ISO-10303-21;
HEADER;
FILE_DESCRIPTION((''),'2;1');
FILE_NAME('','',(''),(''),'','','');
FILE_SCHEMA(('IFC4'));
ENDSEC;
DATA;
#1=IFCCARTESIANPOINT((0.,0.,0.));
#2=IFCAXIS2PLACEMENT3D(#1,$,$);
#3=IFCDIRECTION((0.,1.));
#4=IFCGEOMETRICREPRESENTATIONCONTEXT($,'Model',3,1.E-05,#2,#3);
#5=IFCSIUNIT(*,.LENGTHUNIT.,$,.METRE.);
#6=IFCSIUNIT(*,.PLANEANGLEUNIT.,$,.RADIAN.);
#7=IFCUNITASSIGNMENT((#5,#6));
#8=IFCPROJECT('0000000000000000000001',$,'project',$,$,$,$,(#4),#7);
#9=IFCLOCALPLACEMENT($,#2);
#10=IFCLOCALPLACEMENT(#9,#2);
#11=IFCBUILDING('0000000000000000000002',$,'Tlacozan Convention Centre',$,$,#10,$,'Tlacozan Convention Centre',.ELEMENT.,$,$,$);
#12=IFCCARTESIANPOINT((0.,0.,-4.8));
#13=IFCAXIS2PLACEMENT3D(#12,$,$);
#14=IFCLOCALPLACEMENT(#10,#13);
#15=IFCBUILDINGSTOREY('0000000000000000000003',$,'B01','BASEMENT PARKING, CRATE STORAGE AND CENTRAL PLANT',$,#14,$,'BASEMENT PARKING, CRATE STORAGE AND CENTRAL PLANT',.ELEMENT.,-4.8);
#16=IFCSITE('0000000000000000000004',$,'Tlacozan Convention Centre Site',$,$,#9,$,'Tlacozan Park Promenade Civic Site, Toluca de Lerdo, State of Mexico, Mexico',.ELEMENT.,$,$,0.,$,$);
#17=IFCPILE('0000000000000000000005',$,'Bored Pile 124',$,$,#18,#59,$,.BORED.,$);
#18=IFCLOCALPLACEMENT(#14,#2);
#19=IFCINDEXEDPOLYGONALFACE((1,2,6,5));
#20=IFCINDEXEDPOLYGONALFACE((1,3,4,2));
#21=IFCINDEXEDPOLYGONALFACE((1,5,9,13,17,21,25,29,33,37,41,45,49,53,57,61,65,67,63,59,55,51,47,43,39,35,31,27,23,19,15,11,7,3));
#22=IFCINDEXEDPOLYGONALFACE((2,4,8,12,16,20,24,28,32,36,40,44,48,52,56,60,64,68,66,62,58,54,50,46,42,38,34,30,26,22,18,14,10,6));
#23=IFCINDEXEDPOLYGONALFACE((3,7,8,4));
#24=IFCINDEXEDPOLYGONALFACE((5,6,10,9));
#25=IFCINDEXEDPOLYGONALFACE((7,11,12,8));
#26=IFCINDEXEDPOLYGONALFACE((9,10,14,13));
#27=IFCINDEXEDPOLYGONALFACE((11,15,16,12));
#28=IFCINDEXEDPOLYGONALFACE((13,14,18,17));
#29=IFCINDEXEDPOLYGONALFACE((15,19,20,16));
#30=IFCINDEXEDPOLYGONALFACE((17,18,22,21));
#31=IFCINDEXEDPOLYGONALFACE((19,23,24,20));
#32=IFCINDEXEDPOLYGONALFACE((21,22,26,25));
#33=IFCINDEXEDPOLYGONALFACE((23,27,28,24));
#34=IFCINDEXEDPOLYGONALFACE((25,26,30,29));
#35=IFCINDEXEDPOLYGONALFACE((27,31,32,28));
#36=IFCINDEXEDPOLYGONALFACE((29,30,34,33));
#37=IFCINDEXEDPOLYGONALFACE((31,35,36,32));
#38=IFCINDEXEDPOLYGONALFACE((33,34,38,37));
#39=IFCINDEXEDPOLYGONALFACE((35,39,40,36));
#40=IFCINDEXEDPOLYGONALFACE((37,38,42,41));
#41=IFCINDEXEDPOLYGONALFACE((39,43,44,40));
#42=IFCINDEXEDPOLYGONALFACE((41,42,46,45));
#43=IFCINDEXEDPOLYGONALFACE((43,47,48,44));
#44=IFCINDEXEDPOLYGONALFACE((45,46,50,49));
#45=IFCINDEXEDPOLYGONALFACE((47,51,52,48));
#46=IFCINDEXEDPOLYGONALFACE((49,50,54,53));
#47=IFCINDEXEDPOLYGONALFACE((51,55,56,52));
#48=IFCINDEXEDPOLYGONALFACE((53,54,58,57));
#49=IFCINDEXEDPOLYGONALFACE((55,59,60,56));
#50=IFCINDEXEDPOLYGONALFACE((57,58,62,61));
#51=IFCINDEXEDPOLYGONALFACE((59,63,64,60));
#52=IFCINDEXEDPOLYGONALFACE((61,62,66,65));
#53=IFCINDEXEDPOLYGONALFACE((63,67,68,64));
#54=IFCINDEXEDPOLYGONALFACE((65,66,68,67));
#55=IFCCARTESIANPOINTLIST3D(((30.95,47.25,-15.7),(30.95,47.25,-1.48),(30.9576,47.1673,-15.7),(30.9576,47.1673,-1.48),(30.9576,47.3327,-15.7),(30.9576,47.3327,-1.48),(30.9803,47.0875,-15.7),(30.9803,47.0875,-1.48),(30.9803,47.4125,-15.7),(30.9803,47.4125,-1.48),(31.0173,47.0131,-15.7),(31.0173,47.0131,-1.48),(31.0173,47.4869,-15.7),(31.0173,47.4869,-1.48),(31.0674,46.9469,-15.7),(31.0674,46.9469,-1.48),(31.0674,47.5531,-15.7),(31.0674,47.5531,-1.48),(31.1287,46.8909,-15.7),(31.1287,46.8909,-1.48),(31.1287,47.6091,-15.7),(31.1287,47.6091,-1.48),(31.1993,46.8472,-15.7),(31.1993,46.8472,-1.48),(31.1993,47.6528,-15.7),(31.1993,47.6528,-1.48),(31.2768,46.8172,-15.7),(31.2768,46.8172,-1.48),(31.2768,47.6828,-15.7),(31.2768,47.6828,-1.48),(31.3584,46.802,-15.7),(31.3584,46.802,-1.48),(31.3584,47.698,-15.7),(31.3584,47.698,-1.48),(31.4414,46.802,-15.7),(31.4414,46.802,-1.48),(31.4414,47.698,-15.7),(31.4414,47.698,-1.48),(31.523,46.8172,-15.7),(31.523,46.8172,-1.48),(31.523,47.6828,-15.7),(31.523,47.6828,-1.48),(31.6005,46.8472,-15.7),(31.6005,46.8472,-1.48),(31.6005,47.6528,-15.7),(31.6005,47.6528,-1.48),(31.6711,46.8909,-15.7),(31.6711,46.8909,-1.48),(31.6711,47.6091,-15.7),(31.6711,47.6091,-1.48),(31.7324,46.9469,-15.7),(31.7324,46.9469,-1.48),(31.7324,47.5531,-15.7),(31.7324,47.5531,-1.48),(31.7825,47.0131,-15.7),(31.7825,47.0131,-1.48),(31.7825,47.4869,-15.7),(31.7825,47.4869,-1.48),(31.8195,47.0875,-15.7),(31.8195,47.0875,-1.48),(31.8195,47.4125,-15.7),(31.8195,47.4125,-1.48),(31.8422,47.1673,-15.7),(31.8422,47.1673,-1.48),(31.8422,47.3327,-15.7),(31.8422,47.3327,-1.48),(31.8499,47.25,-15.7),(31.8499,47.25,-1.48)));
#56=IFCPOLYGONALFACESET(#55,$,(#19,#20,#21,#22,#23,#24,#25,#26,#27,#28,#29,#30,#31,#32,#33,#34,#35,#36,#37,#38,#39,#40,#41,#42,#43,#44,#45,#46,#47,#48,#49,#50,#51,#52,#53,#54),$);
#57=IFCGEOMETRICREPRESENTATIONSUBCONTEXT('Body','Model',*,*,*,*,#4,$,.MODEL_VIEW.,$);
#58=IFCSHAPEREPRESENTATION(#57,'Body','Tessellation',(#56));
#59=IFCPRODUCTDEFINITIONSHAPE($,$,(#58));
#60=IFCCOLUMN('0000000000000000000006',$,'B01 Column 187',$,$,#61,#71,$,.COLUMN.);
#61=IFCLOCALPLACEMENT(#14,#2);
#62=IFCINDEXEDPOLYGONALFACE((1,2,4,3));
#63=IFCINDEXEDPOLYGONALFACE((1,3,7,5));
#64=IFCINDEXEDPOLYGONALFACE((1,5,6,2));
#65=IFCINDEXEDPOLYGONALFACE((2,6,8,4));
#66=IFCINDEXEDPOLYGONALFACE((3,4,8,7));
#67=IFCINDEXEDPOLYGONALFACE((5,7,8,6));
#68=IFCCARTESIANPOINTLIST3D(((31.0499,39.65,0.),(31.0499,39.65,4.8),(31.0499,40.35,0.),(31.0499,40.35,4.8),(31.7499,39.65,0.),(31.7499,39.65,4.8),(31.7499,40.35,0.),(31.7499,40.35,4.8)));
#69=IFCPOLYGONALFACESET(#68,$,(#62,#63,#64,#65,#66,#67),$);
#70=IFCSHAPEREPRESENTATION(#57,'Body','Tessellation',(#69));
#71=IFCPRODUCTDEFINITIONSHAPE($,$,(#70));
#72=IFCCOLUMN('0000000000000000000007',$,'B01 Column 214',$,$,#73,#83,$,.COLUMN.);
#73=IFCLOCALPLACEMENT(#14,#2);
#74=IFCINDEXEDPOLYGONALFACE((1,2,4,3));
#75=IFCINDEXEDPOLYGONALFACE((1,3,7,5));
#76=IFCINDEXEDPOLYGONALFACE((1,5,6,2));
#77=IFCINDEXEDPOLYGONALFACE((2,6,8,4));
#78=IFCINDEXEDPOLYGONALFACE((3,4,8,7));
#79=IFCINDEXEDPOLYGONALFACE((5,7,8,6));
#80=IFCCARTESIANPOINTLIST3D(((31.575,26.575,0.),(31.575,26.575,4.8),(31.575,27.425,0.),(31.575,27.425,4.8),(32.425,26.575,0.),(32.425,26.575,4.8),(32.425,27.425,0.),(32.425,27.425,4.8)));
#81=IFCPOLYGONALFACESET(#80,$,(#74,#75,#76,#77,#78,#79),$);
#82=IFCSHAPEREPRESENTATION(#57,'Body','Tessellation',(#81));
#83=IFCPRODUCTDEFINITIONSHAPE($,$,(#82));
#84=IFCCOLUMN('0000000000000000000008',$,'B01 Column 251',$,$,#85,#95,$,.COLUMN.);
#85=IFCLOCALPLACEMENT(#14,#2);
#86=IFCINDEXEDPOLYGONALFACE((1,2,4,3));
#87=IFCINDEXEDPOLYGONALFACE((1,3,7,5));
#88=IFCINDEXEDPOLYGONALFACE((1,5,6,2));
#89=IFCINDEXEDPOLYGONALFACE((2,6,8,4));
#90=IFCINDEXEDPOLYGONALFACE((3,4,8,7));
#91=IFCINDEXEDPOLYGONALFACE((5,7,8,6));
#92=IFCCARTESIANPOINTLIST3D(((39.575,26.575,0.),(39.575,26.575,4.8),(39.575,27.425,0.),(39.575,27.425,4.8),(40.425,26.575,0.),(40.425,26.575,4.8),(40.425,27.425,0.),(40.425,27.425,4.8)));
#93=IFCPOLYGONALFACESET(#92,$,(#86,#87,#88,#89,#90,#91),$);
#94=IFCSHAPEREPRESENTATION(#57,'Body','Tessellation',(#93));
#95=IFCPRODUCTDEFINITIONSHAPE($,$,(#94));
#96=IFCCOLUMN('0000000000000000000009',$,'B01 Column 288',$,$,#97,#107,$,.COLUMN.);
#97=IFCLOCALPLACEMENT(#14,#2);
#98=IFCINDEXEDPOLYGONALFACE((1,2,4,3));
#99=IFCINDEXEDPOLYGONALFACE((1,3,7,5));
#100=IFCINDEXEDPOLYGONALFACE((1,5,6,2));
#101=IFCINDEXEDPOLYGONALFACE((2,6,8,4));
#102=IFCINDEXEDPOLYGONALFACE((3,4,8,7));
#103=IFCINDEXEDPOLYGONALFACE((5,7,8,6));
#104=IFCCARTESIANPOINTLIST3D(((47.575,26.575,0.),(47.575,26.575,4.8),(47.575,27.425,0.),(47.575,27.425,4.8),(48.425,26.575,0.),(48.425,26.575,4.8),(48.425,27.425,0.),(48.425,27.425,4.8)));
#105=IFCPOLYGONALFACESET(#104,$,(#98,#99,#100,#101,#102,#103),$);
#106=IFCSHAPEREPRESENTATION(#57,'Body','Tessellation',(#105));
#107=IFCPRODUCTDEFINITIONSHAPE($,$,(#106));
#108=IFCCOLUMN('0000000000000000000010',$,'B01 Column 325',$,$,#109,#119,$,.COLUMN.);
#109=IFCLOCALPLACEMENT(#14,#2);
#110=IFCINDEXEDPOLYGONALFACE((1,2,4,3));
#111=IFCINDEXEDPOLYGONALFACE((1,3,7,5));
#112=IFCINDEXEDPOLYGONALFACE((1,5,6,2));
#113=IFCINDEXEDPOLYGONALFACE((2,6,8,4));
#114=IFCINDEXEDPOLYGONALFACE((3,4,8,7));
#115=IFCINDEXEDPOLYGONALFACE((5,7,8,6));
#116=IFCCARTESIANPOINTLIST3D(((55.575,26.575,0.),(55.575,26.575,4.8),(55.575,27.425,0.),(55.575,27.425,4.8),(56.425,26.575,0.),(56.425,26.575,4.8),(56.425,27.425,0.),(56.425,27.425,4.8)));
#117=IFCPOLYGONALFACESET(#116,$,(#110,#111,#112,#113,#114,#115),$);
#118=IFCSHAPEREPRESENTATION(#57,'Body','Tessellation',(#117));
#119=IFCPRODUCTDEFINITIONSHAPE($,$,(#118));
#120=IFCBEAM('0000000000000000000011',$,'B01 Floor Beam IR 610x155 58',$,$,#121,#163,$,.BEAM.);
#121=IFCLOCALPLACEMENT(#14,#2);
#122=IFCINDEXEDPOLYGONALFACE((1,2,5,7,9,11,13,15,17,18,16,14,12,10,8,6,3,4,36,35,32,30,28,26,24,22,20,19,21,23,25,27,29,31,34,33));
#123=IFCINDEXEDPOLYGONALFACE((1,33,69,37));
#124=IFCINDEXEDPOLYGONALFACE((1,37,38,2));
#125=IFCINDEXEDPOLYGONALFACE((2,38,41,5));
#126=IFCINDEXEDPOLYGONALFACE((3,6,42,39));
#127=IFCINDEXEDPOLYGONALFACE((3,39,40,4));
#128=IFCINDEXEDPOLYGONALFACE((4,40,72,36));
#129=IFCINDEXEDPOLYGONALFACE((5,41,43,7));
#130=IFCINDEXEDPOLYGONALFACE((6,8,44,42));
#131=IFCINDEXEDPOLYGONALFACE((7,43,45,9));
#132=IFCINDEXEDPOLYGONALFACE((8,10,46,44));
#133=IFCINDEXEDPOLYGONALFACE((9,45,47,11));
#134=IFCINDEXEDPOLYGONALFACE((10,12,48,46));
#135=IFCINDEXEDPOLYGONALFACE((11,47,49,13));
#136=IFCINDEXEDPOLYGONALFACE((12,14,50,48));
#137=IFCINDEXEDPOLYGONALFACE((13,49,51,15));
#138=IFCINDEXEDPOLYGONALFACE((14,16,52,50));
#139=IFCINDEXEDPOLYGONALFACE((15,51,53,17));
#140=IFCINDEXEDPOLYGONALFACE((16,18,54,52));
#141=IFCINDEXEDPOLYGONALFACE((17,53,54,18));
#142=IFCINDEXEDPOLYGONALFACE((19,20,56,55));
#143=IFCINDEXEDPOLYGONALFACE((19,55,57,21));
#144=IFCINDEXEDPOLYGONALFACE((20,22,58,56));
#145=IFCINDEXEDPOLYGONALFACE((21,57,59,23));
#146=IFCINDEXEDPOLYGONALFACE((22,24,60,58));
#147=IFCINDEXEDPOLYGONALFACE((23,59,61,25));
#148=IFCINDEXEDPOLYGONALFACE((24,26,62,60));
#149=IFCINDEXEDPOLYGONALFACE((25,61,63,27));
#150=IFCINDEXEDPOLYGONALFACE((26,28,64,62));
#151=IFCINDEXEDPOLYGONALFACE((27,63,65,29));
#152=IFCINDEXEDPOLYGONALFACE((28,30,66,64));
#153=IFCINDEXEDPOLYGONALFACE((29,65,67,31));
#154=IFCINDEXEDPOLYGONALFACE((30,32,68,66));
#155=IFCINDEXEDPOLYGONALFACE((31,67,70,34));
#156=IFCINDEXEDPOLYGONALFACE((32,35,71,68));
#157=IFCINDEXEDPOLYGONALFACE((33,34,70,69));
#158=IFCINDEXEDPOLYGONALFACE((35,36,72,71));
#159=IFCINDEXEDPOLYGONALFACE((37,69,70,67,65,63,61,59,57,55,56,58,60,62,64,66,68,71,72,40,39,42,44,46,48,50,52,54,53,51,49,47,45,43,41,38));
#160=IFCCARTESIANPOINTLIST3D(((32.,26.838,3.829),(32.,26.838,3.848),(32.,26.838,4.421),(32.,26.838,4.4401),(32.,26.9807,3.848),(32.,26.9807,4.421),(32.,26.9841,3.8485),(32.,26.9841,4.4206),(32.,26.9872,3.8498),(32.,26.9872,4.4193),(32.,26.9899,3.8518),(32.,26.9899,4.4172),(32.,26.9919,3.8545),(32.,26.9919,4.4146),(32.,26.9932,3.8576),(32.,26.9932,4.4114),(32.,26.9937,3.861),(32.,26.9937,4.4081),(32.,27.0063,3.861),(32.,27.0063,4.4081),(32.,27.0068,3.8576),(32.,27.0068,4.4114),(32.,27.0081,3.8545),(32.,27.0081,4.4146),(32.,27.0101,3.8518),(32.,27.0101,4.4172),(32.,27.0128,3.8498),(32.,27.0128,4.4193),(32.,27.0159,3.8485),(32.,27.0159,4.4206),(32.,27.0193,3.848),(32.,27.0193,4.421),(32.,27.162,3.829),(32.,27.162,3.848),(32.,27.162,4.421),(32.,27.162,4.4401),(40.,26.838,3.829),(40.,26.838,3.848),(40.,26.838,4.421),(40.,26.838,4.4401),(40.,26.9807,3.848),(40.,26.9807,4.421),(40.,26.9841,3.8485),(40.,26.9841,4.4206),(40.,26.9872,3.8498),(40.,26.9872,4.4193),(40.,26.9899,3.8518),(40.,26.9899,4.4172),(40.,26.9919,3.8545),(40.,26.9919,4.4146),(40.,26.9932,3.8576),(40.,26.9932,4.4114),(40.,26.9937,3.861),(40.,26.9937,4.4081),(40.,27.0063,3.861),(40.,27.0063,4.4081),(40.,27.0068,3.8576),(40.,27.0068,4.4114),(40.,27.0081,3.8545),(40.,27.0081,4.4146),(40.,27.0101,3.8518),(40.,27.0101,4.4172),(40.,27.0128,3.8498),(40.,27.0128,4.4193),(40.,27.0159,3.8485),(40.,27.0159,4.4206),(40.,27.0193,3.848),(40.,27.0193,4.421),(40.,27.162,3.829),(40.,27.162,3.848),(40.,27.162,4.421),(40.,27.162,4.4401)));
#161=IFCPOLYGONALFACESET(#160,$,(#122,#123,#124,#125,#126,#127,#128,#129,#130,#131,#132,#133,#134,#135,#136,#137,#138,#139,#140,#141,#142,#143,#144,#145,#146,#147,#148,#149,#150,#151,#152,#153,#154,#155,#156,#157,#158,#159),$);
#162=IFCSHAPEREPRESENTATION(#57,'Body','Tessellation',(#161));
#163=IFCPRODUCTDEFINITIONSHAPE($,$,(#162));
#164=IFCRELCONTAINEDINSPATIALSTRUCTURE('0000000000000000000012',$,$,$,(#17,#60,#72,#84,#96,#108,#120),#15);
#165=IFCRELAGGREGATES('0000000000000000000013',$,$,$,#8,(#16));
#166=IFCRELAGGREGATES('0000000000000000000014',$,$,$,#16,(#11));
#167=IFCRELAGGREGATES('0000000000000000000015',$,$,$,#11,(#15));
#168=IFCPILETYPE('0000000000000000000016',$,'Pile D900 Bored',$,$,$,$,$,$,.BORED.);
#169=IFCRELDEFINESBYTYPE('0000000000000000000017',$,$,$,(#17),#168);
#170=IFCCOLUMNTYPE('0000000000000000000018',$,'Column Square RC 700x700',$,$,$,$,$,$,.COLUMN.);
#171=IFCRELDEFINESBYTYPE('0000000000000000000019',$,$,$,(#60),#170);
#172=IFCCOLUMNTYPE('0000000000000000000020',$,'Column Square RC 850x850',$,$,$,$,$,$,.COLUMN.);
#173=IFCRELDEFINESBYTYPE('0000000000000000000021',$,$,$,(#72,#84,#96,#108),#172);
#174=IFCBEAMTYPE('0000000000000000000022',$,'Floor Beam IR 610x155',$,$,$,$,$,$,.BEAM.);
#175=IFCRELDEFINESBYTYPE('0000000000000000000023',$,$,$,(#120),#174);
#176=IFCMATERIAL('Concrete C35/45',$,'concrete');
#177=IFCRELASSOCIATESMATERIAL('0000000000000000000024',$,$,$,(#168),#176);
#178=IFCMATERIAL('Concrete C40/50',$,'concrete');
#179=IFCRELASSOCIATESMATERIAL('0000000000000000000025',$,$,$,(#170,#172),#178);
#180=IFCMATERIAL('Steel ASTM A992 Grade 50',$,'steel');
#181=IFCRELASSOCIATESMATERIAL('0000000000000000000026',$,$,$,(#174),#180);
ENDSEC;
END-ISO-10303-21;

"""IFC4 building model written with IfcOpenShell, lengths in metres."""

from ifc_helpers import new_model, si_unit, direction, frame, origin, origin_2d, place, context, subcontext, project, spatial, rectangle, circle, i_section, extrude, material, material_profile, profile_set, type_object, element, save


model = new_model("IFC4")

# Units and contexts
model_context = context("Model", 3, precision=1e-05, world=origin(), true_north=direction((0.0, 1.0)))
body_context = subcontext(model_context, "Body", "Model", "MODEL_VIEW")
ifc_project = project(units=[si_unit("LENGTHUNIT", "METRE"), si_unit("PLANEANGLEUNIT", "RADIAN")], contexts=[model_context])

# Site, building, storey
site_placement = place(None, origin())
site = spatial("IfcSite", under=ifc_project, at=site_placement, Name="Tlacozan Convention Centre Site", LongName="Tlacozan Park Promenade Civic Site, Toluca de Lerdo, State of Mexico, Mexico", CompositionType="ELEMENT", RefElevation=0.0)
building_placement = place(site_placement, origin())
building = spatial("IfcBuilding", under=site, at=building_placement, Name="Tlacozan Convention Centre", LongName="Tlacozan Convention Centre", CompositionType="ELEMENT")
storey_placement = place(building_placement, frame((0.0, 0.0, -4.8)))
storey = spatial("IfcBuildingStorey", under=building, at=storey_placement, Name="B01", Description="BASEMENT PARKING, CRATE STORAGE AND CENTRAL PLANT", LongName="BASEMENT PARKING, CRATE STORAGE AND CENTRAL PLANT", CompositionType="ELEMENT", Elevation=-4.8)

# Shared definitions
ifc_material_1 = material(Name="Concrete C35/45", Category="concrete")

# Pile
ifc_material_profile_1 = material_profile(ifc_material_1, circle(Radius=0.45, at=origin_2d()), Name="PILE D900")
ifc_profile_set_1 = profile_set([ifc_material_profile_1], Name="Concrete C35/45")
pile_type_1 = type_object("IfcPileType", Name="Pile D900 Bored", PredefinedType="BORED", material=ifc_profile_set_1)
for number, where, z_axis, x_axis, name in (
    (1, (31.3999, 47.25, -1.48), (0.0, 0.0, -1.0), (1.0, 0.0, 0.0), "Bored Pile 124"),
):
    element("IfcPile", number, at=place(storey_placement, frame(where, z_axis=z_axis, x_axis=x_axis)), inside=storey, type_object=pile_type_1, Name=name, PredefinedType="BORED", context=body_context, shape_type="SweptSolid", body=[
        extrude(circle(Radius=0.45, at=origin_2d()), origin(), (0.0, 0.0, 1.0), 14.22),
    ])

# Columns
ifc_material_2 = material(Name="Concrete C40/50", Category="concrete")
ifc_material_profile_2 = material_profile(ifc_material_2, rectangle(XDim=0.7, YDim=0.7, at=origin_2d()), Name="RC 700x700")
ifc_profile_set_2 = profile_set([ifc_material_profile_2], Name="Concrete C40/50")
column_type_1 = type_object("IfcColumnType", Name="Column Square RC 700x700", PredefinedType="COLUMN", material=ifc_profile_set_2)
column_placement = place(storey_placement, frame((31.3999, 40.0, 0.0), z_axis=(0.0, 0.0, 1.0), x_axis=(1.0, 0.0, 0.0)))
element("IfcColumn", 2, at=column_placement, inside=storey, type_object=column_type_1, Name="B01 Column 187", PredefinedType="COLUMN", context=body_context, shape_type="SweptSolid", body=[
    extrude(rectangle(XDim=0.7, YDim=0.7, at=origin_2d()), origin(), (0.0, 0.0, 1.0), 4.8),
])
ifc_material_profile_3 = material_profile(ifc_material_2, rectangle(XDim=0.8501, YDim=0.8501, at=origin_2d()), Name="RC 850x850")
ifc_profile_set_3 = profile_set([ifc_material_profile_3], Name="Concrete C40/50")
column_type_2 = type_object("IfcColumnType", Name="Column Square RC 850x850", PredefinedType="COLUMN", material=ifc_profile_set_3)
for number, where, z_axis, x_axis, name in (
    (3, (32.0, 27.0, 0.0), (0.0, 0.0, 1.0), (1.0, 0.0, 0.0), "B01 Column 214"),
    (4, (40.0, 27.0, 0.0), (0.0, 0.0, 1.0), (1.0, 0.0, 0.0), "B01 Column 251"),
    (5, (48.0, 27.0, 0.0), (0.0, 0.0, 1.0), (1.0, 0.0, 0.0), "B01 Column 288"),
    (6, (56.0, 27.0, 0.0), (0.0, 0.0, 1.0), (1.0, 0.0, 0.0), "B01 Column 325"),
):
    element("IfcColumn", number, at=place(storey_placement, frame(where, z_axis=z_axis, x_axis=x_axis)), inside=storey, type_object=column_type_2, Name=name, PredefinedType="COLUMN", context=body_context, shape_type="SweptSolid", body=[
        extrude(rectangle(XDim=0.8501, YDim=0.8501, at=origin_2d()), origin(), (0.0, 0.0, 1.0), 4.8),
    ])

# Beam
ifc_material_3 = material(Name="Steel ASTM A992 Grade 50", Category="steel")
ifc_material_profile_4 = material_profile(ifc_material_3, i_section(OverallWidth=0.324, OverallDepth=0.6111, WebThickness=0.0127, FlangeThickness=0.019, FilletRadius=0.0129, at=origin_2d()), Name="IR 610x155.0")
ifc_profile_set_4 = profile_set([ifc_material_profile_4], Name="Steel ASTM A992 Grade 50")
beam_type_1 = type_object("IfcBeamType", Name="Floor Beam IR 610x155", PredefinedType="BEAM", material=ifc_profile_set_4)
for number, where, z_axis, x_axis, name in (
    (7, (32.0, 27.0, 4.1345), (1.0, 0.0, 0.0), (0.0, 1.0, 0.0), "B01 Floor Beam IR 610x155 58"),
):
    element("IfcBeam", number, at=place(storey_placement, frame(where, z_axis=z_axis, x_axis=x_axis)), inside=storey, type_object=beam_type_1, Name=name, PredefinedType="BEAM", context=body_context, shape_type="SweptSolid", body=[
        extrude(i_section(OverallWidth=0.324, OverallDepth=0.6111, WebThickness=0.0127, FlangeThickness=0.019, FilletRadius=0.0129, at=origin_2d()), origin(), (0.0, 0.0, 1.0), 8.0),
    ])

save(model, "model.ifc")
